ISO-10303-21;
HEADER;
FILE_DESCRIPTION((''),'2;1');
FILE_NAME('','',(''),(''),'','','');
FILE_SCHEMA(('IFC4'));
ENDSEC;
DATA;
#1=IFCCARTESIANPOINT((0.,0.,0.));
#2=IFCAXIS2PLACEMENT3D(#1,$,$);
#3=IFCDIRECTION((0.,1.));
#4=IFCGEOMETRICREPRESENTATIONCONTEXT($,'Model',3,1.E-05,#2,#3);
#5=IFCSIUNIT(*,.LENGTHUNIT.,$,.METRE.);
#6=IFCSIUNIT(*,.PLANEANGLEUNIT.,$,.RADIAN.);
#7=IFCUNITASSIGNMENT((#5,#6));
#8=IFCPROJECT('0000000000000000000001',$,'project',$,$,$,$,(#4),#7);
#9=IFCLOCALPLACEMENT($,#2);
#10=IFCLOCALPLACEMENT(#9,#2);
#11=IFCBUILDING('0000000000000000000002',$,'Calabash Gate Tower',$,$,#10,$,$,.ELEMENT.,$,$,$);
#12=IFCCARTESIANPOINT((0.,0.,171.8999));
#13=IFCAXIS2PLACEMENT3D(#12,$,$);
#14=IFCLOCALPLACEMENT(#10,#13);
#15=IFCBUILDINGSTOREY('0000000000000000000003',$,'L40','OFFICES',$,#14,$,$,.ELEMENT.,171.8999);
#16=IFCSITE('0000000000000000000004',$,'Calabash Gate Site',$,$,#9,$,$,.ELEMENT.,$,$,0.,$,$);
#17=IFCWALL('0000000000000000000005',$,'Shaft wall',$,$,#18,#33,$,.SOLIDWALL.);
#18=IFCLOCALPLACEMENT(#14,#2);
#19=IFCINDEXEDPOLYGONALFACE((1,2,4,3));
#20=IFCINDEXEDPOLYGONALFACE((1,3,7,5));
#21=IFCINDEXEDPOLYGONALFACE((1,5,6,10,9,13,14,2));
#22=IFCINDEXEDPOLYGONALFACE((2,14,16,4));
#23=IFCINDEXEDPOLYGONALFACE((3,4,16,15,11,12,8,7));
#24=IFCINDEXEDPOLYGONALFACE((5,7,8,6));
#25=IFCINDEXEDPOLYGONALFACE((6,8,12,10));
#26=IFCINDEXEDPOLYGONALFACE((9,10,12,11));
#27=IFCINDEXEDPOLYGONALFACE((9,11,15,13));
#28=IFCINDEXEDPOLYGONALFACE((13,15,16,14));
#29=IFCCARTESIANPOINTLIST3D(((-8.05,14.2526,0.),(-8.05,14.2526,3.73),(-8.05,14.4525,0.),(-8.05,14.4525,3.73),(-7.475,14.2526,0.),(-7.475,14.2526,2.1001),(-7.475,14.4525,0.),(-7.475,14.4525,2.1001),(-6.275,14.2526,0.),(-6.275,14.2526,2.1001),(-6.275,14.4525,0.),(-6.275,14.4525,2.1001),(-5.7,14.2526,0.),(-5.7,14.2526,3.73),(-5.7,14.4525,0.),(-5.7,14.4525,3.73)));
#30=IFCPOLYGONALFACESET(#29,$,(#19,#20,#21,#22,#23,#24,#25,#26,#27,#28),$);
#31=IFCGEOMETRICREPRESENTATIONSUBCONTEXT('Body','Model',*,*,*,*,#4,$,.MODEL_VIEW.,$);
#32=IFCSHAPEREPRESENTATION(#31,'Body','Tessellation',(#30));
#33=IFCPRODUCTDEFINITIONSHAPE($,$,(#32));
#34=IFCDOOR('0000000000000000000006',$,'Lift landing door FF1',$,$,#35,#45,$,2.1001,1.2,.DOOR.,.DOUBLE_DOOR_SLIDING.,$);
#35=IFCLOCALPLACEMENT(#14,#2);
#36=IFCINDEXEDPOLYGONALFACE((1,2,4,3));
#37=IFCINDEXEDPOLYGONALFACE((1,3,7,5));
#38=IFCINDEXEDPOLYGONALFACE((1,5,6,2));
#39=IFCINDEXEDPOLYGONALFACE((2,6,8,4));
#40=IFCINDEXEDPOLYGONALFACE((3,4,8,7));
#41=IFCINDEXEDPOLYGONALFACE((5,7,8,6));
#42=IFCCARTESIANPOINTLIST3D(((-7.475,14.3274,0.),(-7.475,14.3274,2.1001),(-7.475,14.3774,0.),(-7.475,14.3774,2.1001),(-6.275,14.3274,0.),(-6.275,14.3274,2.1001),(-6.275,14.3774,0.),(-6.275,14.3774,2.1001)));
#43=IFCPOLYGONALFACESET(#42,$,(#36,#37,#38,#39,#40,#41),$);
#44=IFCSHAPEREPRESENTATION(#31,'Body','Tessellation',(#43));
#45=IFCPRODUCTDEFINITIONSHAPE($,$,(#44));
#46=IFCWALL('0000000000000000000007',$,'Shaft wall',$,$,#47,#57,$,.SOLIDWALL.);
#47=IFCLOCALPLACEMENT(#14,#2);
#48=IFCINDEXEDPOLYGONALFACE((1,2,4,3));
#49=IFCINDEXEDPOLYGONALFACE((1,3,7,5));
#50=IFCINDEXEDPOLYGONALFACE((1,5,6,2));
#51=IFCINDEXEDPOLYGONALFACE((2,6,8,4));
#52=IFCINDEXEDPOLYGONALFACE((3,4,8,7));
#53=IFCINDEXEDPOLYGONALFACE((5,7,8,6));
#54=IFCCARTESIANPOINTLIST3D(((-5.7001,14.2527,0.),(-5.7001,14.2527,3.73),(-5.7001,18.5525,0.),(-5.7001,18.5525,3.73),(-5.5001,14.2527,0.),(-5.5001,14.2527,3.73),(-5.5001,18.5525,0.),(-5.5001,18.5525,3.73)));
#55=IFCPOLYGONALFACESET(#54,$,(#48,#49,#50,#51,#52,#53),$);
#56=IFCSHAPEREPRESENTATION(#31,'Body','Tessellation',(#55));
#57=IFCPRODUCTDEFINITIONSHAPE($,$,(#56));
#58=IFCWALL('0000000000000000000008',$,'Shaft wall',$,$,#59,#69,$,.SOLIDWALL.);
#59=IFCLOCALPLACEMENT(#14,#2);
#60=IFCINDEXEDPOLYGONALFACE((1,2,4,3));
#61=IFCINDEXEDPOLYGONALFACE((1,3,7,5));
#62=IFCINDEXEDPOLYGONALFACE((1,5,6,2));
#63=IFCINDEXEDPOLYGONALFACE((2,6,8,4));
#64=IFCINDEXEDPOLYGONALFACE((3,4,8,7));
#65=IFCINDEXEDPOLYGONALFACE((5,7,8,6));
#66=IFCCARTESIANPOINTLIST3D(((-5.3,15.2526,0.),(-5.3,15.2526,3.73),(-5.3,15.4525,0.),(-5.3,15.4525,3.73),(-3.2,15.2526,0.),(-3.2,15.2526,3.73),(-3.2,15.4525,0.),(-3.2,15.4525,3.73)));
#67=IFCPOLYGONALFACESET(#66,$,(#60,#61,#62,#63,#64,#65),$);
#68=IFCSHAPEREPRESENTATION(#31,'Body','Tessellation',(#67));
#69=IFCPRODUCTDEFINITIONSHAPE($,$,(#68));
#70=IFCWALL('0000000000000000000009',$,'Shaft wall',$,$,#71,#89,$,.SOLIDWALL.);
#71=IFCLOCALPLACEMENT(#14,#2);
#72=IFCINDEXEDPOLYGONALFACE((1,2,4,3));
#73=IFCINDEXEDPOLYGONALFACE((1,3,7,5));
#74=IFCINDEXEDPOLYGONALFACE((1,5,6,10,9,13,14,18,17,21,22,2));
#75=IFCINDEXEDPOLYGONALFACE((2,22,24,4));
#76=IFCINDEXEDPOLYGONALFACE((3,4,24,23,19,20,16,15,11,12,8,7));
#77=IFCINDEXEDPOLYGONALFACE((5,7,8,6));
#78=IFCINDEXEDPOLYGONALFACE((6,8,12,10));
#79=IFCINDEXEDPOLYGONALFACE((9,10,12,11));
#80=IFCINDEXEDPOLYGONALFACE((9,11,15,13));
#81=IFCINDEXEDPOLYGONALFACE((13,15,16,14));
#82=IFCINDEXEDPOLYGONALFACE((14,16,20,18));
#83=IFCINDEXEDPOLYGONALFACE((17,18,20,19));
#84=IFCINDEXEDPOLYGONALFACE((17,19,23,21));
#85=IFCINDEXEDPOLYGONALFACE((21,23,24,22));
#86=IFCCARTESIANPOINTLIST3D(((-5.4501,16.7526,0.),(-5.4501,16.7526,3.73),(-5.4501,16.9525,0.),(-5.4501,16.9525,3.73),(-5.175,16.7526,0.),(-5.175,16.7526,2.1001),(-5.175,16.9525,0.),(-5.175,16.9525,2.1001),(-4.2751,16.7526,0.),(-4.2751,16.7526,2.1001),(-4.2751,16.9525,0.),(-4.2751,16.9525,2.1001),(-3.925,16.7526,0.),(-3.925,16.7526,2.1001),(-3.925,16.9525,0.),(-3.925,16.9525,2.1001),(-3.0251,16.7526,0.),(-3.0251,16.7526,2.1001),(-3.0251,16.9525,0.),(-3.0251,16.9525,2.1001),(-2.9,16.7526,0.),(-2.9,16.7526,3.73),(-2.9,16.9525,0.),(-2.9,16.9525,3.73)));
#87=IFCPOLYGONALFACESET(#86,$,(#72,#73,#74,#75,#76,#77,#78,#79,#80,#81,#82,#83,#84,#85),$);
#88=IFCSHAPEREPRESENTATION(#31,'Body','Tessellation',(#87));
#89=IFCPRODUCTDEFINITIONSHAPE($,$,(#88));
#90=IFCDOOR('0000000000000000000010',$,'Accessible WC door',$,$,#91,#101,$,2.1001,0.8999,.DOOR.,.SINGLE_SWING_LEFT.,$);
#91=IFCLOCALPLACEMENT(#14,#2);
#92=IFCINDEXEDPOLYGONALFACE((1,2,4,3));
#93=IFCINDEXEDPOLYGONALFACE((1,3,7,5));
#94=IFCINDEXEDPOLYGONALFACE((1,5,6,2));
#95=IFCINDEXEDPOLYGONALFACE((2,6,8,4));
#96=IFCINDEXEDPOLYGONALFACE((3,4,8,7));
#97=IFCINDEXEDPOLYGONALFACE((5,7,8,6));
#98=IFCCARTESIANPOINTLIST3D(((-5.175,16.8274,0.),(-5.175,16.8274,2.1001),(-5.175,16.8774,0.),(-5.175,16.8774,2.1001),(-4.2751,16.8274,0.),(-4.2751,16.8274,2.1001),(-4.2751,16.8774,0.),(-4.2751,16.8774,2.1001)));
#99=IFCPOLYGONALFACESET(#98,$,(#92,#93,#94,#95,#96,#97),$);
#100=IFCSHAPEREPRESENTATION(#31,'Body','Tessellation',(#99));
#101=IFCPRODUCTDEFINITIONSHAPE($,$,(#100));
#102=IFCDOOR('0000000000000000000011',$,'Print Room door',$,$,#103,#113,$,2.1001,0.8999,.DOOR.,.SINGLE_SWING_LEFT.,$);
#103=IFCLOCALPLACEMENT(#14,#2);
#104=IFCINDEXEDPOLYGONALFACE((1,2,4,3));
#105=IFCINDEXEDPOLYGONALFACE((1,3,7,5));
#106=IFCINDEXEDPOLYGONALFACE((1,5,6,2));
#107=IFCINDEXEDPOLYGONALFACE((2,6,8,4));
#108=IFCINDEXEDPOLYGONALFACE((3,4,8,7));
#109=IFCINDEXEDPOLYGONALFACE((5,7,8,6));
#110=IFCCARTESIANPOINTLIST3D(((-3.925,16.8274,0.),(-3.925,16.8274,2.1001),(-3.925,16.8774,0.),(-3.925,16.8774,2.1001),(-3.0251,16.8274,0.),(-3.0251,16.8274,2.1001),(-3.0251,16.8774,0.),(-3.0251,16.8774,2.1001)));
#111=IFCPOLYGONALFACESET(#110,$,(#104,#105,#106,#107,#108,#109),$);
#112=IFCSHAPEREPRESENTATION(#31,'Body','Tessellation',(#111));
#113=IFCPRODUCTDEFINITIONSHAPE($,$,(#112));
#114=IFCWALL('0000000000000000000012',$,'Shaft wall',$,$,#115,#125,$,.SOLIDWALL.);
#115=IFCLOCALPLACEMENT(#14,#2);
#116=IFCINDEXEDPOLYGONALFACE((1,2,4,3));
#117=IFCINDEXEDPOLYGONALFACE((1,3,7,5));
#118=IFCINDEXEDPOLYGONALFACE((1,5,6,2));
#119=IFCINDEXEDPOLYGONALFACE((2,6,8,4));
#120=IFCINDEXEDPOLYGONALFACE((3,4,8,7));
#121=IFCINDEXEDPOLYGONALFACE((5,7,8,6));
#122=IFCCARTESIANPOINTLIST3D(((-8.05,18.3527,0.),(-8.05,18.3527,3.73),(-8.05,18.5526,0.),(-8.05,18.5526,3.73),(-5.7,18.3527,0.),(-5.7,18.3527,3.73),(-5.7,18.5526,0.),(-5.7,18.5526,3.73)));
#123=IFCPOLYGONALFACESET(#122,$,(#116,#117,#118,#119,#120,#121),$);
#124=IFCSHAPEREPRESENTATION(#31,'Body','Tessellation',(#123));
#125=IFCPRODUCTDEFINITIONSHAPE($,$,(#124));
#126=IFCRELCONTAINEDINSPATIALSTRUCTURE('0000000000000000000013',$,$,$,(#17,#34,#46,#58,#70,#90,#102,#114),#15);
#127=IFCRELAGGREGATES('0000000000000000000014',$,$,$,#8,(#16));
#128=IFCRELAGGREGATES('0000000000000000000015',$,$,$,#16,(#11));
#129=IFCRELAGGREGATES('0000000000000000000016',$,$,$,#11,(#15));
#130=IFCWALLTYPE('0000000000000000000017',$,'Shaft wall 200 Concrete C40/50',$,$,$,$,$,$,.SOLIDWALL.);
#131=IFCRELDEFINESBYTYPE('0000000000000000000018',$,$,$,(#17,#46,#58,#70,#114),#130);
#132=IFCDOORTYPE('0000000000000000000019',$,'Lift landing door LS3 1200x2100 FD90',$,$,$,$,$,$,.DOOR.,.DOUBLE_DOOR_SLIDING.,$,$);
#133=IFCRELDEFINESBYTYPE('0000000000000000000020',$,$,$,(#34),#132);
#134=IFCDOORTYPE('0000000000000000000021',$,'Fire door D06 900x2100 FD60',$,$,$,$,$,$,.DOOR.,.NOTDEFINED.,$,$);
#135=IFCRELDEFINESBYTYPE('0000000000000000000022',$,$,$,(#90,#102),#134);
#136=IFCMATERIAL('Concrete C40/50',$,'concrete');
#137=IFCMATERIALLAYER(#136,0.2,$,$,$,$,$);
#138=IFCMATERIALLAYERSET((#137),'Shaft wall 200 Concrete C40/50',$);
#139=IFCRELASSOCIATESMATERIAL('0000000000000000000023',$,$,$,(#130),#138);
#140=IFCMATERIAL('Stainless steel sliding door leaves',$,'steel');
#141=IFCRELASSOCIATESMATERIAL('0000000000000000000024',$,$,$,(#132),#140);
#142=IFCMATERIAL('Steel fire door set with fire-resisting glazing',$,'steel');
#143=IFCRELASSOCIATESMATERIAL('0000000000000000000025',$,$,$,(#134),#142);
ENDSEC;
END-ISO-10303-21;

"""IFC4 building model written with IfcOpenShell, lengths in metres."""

from ifc_helpers import new_model, si_unit, direction, frame, frame_2d, origin, place, context, subcontext, project, spatial, rectangle, extrude, material, layer, layer_set, type_object, element, fill, save


model = new_model("IFC4")

# Units and contexts
model_context = context("Model", 3, precision=1e-05, world=origin(), true_north=direction((0.0, 1.0)))
body_context = subcontext(model_context, "Body", "Model", "MODEL_VIEW")
ifc_project = project(units=[si_unit("LENGTHUNIT", "METRE"), si_unit("PLANEANGLEUNIT", "RADIAN")], contexts=[model_context])

# Site, building, storey
site_placement = place(None, origin())
site = spatial("IfcSite", under=ifc_project, at=site_placement, Name="Calabash Gate Site", CompositionType="ELEMENT", RefElevation=0.0)
building_placement = place(site_placement, origin())
building = spatial("IfcBuilding", under=site, at=building_placement, Name="Calabash Gate Tower", CompositionType="ELEMENT")
storey_placement = place(building_placement, frame((0.0, 0.0, 171.8999)))
storey = spatial("IfcBuildingStorey", under=building, at=storey_placement, Name="L40", Description="OFFICES", CompositionType="ELEMENT", Elevation=171.8999)

# Shared definitions
ifc_material_1 = material(Name="Concrete C40/50", Category="concrete")
ifc_layer_1 = layer(ifc_material_1, 0.2)
ifc_layer_set_1 = layer_set([ifc_layer_1], Name="Shaft wall 200 Concrete C40/50")
wall_type_1 = type_object("IfcWallType", Name="Shaft wall 200 Concrete C40/50", PredefinedType="SOLIDWALL", material=ifc_layer_set_1)

# Wall, opening, door
wall_1_placement = place(storey_placement, frame((-8.05, 14.3525, 0.0), z_axis=(0.0, 0.0, 1.0), x_axis=(1.0, 0.0, 0.0)))
wall_1 = element("IfcWall", 1, at=wall_1_placement, inside=storey, type_object=wall_type_1, Name="Shaft wall", PredefinedType="SOLIDWALL", context=body_context, shape_type="SweptSolid", body=[
    extrude(rectangle(XDim=2.3501, YDim=0.2, at=frame_2d((1.175, 0.0))), origin(), (0.0, 0.0, 1.0), 3.73),
])
opening_1_placement = place(wall_1_placement, frame((0.575, 0.0, 0.0)))
opening_1 = element("IfcOpeningElement", 2, at=opening_1_placement, cuts=wall_1, PredefinedType="OPENING", context=body_context, shape_type="SweptSolid", body=[
    extrude(rectangle(XDim=1.2, YDim=2.1001, at=frame_2d((0.6001, 1.05))), frame((0.0, 0.1099, 0.0), z_axis=(0.0, -1.0, 0.0), x_axis=(1.0, 0.0, 0.0)), (0.0, 0.0, 1.0), 0.22),
])
ifc_material_2 = material(Name="Stainless steel sliding door leaves", Category="steel")
door_type_1 = type_object("IfcDoorType", Name="Lift landing door LS3 1200x2100 FD90", OperationType="DOUBLE_DOOR_SLIDING", PredefinedType="DOOR", material=ifc_material_2)
door_1_placement = place(opening_1_placement, origin())
door_1 = element("IfcDoor", 3, at=door_1_placement, inside=storey, type_object=door_type_1, Name="Lift landing door FF1", OperationType="DOUBLE_DOOR_SLIDING", OverallHeight=2.1001, OverallWidth=1.2, PredefinedType="DOOR", context=body_context, shape_type="SweptSolid", body=[
    extrude(rectangle(XDim=1.2, YDim=2.1001, at=frame_2d((0.6001, 1.05))), frame((0.0, 0.0249, 0.0), z_axis=(0.0, -1.0, 0.0), x_axis=(1.0, 0.0, 0.0)), (0.0, 0.0, 1.0), 0.05),
])
fill(opening_1, door_1)

# Walls
wall_2_placement = place(storey_placement, frame((-5.6001, 14.2527, 0.0), z_axis=(0.0, 0.0, 1.0), x_axis=(0.0, 1.0, 0.0)))
element("IfcWall", 4, at=wall_2_placement, inside=storey, type_object=wall_type_1, Name="Shaft wall", PredefinedType="SOLIDWALL", context=body_context, shape_type="SweptSolid", body=[
    extrude(rectangle(XDim=4.2998, YDim=0.2, at=frame_2d((2.1499, 0.0))), origin(), (0.0, 0.0, 1.0), 3.73),
])
wall_3_placement = place(storey_placement, frame((-5.3, 15.3525, 0.0), z_axis=(0.0, 0.0, 1.0), x_axis=(1.0, 0.0, 0.0)))
element("IfcWall", 5, at=wall_3_placement, inside=storey, type_object=wall_type_1, Name="Shaft wall", PredefinedType="SOLIDWALL", context=body_context, shape_type="SweptSolid", body=[
    extrude(rectangle(XDim=2.1001, YDim=0.2, at=frame_2d((1.05, 0.0))), origin(), (0.0, 0.0, 1.0), 3.73),
])

# Wall, openings, doors
wall_4_placement = place(storey_placement, frame((-5.45, 16.8525, 0.0), z_axis=(0.0, 0.0, 1.0), x_axis=(1.0, 0.0, 0.0)))
wall_4 = element("IfcWall", 6, at=wall_4_placement, inside=storey, type_object=wall_type_1, Name="Shaft wall", PredefinedType="SOLIDWALL", context=body_context, shape_type="SweptSolid", body=[
    extrude(rectangle(XDim=2.55, YDim=0.2, at=frame_2d((1.2749, 0.0))), origin(), (0.0, 0.0, 1.0), 3.73),
])
opening_2_placement = place(wall_4_placement, frame((0.2749, 0.0, 0.0)))
opening_2 = element("IfcOpeningElement", 7, at=opening_2_placement, cuts=wall_4, PredefinedType="OPENING", context=body_context, shape_type="SweptSolid", body=[
    extrude(rectangle(XDim=0.8999, YDim=2.1001, at=frame_2d((0.45, 1.05))), frame((0.0, 0.1099, 0.0), z_axis=(0.0, -1.0, 0.0), x_axis=(1.0, 0.0, 0.0)), (0.0, 0.0, 1.0), 0.22),
])
opening_3_placement = place(wall_4_placement, frame((1.5249, 0.0, 0.0)))
opening_3 = element("IfcOpeningElement", 8, at=opening_3_placement, cuts=wall_4, PredefinedType="OPENING", context=body_context, shape_type="SweptSolid", body=[
    extrude(rectangle(XDim=0.8999, YDim=2.1001, at=frame_2d((0.45, 1.05))), frame((0.0, 0.1099, 0.0), z_axis=(0.0, -1.0, 0.0), x_axis=(1.0, 0.0, 0.0)), (0.0, 0.0, 1.0), 0.22),
])
ifc_material_3 = material(Name="Steel fire door set with fire-resisting glazing", Category="steel")
door_type_2 = type_object("IfcDoorType", Name="Fire door D06 900x2100 FD60", OperationType="NOTDEFINED", PredefinedType="DOOR", material=ifc_material_3)
door_2_placement = place(opening_2_placement, origin())
door_2 = element("IfcDoor", 9, at=door_2_placement, inside=storey, type_object=door_type_2, Name="Accessible WC door", OperationType="SINGLE_SWING_LEFT", OverallHeight=2.1001, OverallWidth=0.8999, PredefinedType="DOOR", context=body_context, shape_type="SweptSolid", body=[
    extrude(rectangle(XDim=0.8999, YDim=2.1001, at=frame_2d((0.45, 1.05))), frame((0.0, 0.0249, 0.0), z_axis=(0.0, -1.0, 0.0), x_axis=(1.0, 0.0, 0.0)), (0.0, 0.0, 1.0), 0.05),
])
fill(opening_2, door_2)
door_3_placement = place(opening_3_placement, origin())
door_3 = element("IfcDoor", 10, at=door_3_placement, inside=storey, type_object=door_type_2, Name="Print Room door", OperationType="SINGLE_SWING_LEFT", OverallHeight=2.1001, OverallWidth=0.8999, PredefinedType="DOOR", context=body_context, shape_type="SweptSolid", body=[
    extrude(rectangle(XDim=0.8999, YDim=2.1001, at=frame_2d((0.45, 1.05))), frame((0.0, 0.0249, 0.0), z_axis=(0.0, -1.0, 0.0), x_axis=(1.0, 0.0, 0.0)), (0.0, 0.0, 1.0), 0.05),
])
fill(opening_3, door_3)

# Wall
wall_5_placement = place(storey_placement, frame((-8.05, 18.4526, 0.0), z_axis=(0.0, 0.0, 1.0), x_axis=(1.0, 0.0, 0.0)))
element("IfcWall", 11, at=wall_5_placement, inside=storey, type_object=wall_type_1, Name="Shaft wall", PredefinedType="SOLIDWALL", context=body_context, shape_type="SweptSolid", body=[
    extrude(rectangle(XDim=2.3501, YDim=0.2, at=frame_2d((1.175, 0.0))), origin(), (0.0, 0.0, 1.0), 3.73),
])

save(model, "model.ifc")
